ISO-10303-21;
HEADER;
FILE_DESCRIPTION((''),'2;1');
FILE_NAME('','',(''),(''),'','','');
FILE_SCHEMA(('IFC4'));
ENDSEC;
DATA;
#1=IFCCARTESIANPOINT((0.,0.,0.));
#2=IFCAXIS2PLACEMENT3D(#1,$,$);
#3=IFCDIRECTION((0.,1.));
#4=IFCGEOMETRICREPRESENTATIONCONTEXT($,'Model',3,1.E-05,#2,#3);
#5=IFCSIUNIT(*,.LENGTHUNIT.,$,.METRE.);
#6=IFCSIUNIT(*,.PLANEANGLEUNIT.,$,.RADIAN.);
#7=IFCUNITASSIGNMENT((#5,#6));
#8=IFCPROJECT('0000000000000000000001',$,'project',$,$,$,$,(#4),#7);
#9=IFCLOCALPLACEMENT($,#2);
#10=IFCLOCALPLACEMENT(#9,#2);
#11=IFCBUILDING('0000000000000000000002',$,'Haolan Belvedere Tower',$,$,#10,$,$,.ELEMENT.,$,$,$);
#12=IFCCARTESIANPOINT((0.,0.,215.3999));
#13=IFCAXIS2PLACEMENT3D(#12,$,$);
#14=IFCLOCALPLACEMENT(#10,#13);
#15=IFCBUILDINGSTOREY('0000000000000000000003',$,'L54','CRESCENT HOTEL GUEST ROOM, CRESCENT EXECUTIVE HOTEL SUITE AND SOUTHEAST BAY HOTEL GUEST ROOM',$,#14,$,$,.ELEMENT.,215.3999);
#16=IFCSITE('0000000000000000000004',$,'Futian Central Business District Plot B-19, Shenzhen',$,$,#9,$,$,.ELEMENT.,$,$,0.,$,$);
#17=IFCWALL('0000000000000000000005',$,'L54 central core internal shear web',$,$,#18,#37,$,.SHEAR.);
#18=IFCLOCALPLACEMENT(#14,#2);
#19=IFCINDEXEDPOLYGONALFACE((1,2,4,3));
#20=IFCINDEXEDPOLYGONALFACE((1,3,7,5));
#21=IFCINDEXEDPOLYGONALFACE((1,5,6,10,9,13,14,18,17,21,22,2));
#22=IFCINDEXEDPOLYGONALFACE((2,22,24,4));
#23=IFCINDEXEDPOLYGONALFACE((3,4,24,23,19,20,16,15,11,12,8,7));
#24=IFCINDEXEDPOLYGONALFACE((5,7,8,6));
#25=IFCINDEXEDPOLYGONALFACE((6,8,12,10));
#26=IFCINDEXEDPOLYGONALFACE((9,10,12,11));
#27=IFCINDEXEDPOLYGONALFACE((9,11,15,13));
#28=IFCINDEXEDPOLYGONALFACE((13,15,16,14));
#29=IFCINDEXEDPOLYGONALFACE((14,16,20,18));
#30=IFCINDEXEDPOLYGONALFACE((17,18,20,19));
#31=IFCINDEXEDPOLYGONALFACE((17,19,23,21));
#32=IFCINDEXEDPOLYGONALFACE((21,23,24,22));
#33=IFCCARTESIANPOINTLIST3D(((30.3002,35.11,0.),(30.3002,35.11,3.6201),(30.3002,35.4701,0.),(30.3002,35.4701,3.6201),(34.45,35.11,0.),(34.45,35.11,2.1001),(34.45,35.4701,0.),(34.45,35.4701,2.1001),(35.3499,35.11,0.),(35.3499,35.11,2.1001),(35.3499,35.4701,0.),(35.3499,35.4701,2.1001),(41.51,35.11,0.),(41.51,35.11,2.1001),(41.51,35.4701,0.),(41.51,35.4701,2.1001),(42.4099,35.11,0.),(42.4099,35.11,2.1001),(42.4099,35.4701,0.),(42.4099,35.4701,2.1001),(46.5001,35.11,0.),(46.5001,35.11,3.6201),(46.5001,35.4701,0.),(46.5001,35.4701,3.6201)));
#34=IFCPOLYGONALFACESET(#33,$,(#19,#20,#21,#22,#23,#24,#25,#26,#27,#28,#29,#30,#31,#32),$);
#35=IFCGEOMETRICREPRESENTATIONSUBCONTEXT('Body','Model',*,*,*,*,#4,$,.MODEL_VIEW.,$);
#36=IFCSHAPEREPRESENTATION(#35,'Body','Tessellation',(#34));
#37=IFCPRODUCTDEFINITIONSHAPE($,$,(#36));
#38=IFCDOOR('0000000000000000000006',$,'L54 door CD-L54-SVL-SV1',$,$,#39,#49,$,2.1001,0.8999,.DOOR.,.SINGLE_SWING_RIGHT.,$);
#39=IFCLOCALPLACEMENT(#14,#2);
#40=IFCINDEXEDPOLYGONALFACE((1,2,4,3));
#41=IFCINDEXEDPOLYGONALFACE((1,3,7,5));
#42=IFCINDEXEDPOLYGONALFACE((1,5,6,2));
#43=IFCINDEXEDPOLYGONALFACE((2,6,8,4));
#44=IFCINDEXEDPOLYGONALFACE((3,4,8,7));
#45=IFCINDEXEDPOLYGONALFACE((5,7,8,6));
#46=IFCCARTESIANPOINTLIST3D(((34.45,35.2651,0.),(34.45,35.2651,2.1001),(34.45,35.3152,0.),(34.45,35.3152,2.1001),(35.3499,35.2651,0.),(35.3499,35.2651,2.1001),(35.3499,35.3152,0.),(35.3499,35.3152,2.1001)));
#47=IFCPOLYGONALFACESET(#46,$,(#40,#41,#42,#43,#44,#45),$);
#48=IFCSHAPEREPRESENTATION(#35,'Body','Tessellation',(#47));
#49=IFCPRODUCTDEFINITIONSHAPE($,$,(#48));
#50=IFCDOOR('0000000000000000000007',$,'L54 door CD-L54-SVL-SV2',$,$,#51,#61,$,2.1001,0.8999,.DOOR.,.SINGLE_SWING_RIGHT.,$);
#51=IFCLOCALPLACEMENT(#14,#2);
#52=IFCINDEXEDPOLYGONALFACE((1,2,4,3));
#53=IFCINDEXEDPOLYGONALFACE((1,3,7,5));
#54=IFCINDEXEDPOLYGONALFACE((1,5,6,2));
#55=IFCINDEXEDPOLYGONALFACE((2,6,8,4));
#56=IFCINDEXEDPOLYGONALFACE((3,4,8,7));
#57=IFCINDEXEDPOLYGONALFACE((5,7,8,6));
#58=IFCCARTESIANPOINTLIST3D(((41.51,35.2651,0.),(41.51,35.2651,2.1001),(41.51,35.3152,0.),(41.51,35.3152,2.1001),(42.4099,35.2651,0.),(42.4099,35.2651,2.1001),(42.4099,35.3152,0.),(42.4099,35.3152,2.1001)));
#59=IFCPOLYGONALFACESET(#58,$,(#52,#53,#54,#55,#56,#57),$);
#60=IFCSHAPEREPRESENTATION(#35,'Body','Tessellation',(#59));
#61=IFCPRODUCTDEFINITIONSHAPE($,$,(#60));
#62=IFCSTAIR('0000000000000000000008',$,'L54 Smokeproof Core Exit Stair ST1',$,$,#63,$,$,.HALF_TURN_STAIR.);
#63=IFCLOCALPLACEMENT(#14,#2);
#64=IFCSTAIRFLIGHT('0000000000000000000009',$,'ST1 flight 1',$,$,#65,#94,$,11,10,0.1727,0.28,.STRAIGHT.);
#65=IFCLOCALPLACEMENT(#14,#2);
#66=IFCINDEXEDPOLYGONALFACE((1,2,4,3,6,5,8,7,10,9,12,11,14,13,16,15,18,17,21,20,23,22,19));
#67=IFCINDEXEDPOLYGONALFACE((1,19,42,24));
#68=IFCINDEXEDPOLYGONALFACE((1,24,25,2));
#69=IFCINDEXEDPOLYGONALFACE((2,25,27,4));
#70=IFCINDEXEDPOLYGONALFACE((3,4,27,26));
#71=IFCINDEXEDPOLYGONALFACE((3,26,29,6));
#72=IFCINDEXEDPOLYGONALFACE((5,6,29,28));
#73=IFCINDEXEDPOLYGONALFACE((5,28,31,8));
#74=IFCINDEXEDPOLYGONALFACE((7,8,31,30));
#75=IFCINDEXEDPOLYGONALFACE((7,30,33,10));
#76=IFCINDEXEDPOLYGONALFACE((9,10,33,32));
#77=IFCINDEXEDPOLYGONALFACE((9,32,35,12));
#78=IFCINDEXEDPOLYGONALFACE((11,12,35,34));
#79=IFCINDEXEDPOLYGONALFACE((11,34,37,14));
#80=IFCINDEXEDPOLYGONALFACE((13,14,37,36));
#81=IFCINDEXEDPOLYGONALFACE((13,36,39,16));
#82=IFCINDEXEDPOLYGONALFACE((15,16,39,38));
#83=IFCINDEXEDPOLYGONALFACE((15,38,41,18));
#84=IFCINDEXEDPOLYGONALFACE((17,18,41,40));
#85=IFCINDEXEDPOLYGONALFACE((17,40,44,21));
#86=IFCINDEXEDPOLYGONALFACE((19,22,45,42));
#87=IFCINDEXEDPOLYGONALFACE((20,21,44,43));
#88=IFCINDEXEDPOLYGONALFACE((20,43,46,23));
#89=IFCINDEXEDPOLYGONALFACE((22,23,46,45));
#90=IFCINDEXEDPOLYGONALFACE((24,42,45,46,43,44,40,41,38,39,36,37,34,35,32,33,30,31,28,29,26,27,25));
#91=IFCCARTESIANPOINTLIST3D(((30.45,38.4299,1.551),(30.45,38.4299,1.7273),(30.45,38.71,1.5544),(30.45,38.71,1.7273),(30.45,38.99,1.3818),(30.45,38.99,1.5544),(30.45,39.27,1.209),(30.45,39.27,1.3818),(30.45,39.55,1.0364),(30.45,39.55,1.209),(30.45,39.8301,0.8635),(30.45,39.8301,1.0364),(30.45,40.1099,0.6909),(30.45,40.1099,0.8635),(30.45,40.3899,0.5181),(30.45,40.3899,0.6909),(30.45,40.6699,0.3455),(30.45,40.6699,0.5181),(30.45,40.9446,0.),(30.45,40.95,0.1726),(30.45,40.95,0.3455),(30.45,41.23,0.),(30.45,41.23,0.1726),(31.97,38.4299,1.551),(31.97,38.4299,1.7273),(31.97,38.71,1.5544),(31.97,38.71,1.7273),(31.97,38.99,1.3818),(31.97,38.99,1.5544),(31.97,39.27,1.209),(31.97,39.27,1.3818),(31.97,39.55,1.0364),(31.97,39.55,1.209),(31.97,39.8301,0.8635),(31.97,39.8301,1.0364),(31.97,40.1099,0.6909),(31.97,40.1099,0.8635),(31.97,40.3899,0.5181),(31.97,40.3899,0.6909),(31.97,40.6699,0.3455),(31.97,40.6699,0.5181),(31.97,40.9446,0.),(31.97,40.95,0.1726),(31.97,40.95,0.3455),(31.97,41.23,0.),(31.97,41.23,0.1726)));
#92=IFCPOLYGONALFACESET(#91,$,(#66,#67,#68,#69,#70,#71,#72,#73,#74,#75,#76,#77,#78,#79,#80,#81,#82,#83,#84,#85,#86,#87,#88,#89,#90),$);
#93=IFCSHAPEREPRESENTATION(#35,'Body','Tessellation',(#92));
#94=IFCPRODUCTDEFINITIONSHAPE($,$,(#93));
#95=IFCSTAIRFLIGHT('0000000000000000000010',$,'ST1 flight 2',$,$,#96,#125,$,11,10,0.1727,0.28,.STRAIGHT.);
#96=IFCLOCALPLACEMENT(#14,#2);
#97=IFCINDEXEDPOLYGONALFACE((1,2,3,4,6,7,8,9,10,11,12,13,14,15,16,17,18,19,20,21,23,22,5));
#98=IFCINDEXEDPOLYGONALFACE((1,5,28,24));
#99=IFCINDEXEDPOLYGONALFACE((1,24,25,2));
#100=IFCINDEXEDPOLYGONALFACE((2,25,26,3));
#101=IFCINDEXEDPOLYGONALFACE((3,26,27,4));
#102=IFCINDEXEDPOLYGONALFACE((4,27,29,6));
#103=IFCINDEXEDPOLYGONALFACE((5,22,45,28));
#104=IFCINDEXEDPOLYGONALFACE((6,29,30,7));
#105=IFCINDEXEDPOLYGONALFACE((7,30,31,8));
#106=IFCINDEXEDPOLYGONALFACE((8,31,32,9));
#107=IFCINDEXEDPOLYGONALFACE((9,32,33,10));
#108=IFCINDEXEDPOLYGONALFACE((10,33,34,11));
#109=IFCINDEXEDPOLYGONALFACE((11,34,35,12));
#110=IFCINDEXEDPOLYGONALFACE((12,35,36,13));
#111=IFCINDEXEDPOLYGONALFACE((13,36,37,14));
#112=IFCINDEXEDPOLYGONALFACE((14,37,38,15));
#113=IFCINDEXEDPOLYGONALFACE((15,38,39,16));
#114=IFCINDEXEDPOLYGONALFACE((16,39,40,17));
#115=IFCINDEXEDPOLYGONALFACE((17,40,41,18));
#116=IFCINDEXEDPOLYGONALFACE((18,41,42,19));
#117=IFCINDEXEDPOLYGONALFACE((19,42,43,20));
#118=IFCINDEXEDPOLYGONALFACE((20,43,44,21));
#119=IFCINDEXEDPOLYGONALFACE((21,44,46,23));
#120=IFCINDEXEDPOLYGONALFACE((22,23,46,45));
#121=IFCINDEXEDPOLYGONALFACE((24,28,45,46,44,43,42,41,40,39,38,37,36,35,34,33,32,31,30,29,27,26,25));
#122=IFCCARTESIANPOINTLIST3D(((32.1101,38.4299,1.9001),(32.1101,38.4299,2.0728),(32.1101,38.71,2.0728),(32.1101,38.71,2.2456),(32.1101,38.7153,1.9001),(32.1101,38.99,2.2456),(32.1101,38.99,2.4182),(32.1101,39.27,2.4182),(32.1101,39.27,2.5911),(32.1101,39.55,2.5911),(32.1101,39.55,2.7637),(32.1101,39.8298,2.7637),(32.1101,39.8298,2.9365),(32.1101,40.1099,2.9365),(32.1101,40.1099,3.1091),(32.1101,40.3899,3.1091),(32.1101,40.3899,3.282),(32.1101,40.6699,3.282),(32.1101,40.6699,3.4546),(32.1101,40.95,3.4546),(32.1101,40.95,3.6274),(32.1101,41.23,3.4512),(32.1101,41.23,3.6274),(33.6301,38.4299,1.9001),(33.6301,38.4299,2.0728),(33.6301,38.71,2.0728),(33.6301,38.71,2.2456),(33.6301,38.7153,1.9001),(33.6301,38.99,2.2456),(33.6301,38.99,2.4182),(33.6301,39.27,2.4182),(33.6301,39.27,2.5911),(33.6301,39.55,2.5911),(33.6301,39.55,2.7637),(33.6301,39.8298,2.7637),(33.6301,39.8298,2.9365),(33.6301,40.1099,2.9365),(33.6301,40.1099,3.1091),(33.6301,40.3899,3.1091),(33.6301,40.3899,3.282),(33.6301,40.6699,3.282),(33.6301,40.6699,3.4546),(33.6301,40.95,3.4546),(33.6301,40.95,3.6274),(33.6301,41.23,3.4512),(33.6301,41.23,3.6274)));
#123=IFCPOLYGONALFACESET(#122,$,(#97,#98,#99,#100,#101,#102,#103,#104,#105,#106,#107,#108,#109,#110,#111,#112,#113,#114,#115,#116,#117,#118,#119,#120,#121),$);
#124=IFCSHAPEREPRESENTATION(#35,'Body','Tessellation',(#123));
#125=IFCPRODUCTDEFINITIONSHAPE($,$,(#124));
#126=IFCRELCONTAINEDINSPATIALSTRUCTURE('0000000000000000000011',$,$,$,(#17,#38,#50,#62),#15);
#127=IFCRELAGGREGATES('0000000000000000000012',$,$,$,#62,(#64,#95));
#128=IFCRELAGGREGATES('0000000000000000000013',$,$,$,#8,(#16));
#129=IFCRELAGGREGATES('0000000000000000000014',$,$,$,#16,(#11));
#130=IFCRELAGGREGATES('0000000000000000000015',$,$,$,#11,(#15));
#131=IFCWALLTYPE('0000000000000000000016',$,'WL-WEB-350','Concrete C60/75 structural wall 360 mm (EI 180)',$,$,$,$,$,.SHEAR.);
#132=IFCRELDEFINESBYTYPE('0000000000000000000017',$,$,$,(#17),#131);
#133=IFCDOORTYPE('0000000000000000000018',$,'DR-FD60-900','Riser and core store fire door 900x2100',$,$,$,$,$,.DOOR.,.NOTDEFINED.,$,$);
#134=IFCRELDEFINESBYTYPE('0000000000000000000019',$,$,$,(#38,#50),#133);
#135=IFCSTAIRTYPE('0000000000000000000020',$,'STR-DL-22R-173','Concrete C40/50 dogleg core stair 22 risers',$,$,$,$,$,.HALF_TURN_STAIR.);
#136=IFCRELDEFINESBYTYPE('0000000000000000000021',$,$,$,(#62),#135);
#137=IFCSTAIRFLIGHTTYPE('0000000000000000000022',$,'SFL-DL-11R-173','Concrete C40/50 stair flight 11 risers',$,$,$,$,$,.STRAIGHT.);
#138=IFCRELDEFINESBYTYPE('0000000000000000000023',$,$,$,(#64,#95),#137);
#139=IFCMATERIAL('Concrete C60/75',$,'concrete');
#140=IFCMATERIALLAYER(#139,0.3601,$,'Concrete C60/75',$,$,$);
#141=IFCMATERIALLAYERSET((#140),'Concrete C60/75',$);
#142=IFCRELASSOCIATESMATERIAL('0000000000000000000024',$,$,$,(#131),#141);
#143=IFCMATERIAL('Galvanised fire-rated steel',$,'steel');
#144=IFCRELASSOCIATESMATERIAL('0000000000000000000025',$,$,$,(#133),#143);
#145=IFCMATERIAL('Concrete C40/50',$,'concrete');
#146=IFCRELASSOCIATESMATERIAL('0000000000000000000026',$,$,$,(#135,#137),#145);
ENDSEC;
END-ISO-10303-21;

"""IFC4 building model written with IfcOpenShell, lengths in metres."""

from ifc_helpers import new_model, si_unit, direction, frame, frame_2d, origin, place, context, subcontext, project, spatial, polyline, rectangle, outline, extrude, material, layer, layer_set, type_object, element, fill, aggregate, save


model = new_model("IFC4")

# Units and contexts
model_context = context("Model", 3, precision=1e-05, world=origin(), true_north=direction((0.0, 1.0)))
body_context = subcontext(model_context, "Body", "Model", "MODEL_VIEW")
ifc_project = project(units=[si_unit("LENGTHUNIT", "METRE"), si_unit("PLANEANGLEUNIT", "RADIAN")], contexts=[model_context])

# Site, building, storey
site_placement = place(None, origin())
site = spatial("IfcSite", under=ifc_project, at=site_placement, Name="Futian Central Business District Plot B-19, Shenzhen", CompositionType="ELEMENT", RefElevation=0.0)
building_placement = place(site_placement, origin())
building = spatial("IfcBuilding", under=site, at=building_placement, Name="Haolan Belvedere Tower", CompositionType="ELEMENT")
storey_placement = place(building_placement, frame((0.0, 0.0, 215.3999)))
storey = spatial("IfcBuildingStorey", under=building, at=storey_placement, Name="L54", Description="CRESCENT HOTEL GUEST ROOM, CRESCENT EXECUTIVE HOTEL SUITE AND SOUTHEAST BAY HOTEL GUEST ROOM", CompositionType="ELEMENT", Elevation=215.3999)

# Shared definitions
ifc_material_1 = material(Name="Concrete C60/75", Category="concrete")

# Wall, openings, doors
ifc_layer_1 = layer(ifc_material_1, 0.3601, Name="Concrete C60/75")
ifc_layer_set_1 = layer_set([ifc_layer_1], Name="Concrete C60/75")
wall_type_1 = type_object("IfcWallType", Name="WL-WEB-350", Description="Concrete C60/75 structural wall 360 mm (EI 180)", PredefinedType="SHEAR", material=ifc_layer_set_1)
wall_1_placement = place(storey_placement, frame((30.3, 35.29, 0.0), z_axis=(0.0, 0.0, 1.0), x_axis=(1.0, 0.0, 0.0)))
wall_1 = element("IfcWall", 1, at=wall_1_placement, inside=storey, type_object=wall_type_1, Name="L54 central core internal shear web", PredefinedType="SHEAR", context=body_context, shape_type="SweptSolid", body=[
    extrude(rectangle(XDim=16.2, YDim=0.3601, at=frame_2d((8.1001, 0.0))), origin(), (0.0, 0.0, 1.0), 3.6201),
])
opening_1_placement = place(wall_1_placement, frame((5.0498, 0.0, 0.0), z_axis=(0.0, 0.0, 1.0), x_axis=(-1.0, 0.0, 0.0)))
opening_1 = element("IfcOpeningElement", 2, at=opening_1_placement, cuts=wall_1, PredefinedType="OPENING", context=body_context, shape_type="SweptSolid", body=[
    extrude(rectangle(XDim=0.8999, YDim=2.1001, at=frame_2d((0.45, 1.05))), frame((0.0, 0.1899, 0.0), z_axis=(0.0, -1.0, 0.0), x_axis=(1.0, 0.0, 0.0)), (0.0, 0.0, 1.0), 0.3801),
])
opening_2_placement = place(wall_1_placement, frame((12.1099, 0.0, 0.0), z_axis=(0.0, 0.0, 1.0), x_axis=(-1.0, 0.0, 0.0)))
opening_2 = element("IfcOpeningElement", 3, at=opening_2_placement, cuts=wall_1, PredefinedType="OPENING", context=body_context, shape_type="SweptSolid", body=[
    extrude(rectangle(XDim=0.8999, YDim=2.1001, at=frame_2d((0.45, 1.05))), frame((0.0, 0.1899, 0.0), z_axis=(0.0, -1.0, 0.0), x_axis=(1.0, 0.0, 0.0)), (0.0, 0.0, 1.0), 0.3801),
])
ifc_material_2 = material(Name="Galvanised fire-rated steel", Category="steel")
door_type_1 = type_object("IfcDoorType", Name="DR-FD60-900", Description="Riser and core store fire door 900x2100", OperationType="NOTDEFINED", PredefinedType="DOOR", material=ifc_material_2)
door_1_placement = place(opening_1_placement, origin())
door_1 = element("IfcDoor", 4, at=door_1_placement, inside=storey, type_object=door_type_1, Name="L54 door CD-L54-SVL-SV1", OperationType="SINGLE_SWING_RIGHT", OverallHeight=2.1001, OverallWidth=0.8999, PredefinedType="DOOR", context=body_context, shape_type="SweptSolid", body=[
    extrude(rectangle(XDim=0.8999, YDim=2.1001, at=frame_2d((0.45, 1.05))), frame((0.0, 0.0249, 0.0), z_axis=(0.0, -1.0, 0.0), x_axis=(1.0, 0.0, 0.0)), (0.0, 0.0, 1.0), 0.05),
])
fill(opening_1, door_1)
door_2_placement = place(opening_2_placement, origin())
door_2 = element("IfcDoor", 5, at=door_2_placement, inside=storey, type_object=door_type_1, Name="L54 door CD-L54-SVL-SV2", OperationType="SINGLE_SWING_RIGHT", OverallHeight=2.1001, OverallWidth=0.8999, PredefinedType="DOOR", context=body_context, shape_type="SweptSolid", body=[
    extrude(rectangle(XDim=0.8999, YDim=2.1001, at=frame_2d((0.45, 1.05))), frame((0.0, 0.0249, 0.0), z_axis=(0.0, -1.0, 0.0), x_axis=(1.0, 0.0, 0.0)), (0.0, 0.0, 1.0), 0.05),
])
fill(opening_2, door_2)

# Stair, stair flights
ifc_material_3 = material(Name="Concrete C40/50", Category="concrete")
stair_type = type_object("IfcStairType", Name="STR-DL-22R-173", Description="Concrete C40/50 dogleg core stair 22 risers", PredefinedType="HALF_TURN_STAIR", material=ifc_material_3)
stair_placement = place(storey_placement, origin())
stair = element("IfcStair", 6, at=stair_placement, inside=storey, type_object=stair_type, Name="L54 Smokeproof Core Exit Stair ST1", PredefinedType="HALF_TURN_STAIR")
stair_flight_type = type_object("IfcStairFlightType", Name="SFL-DL-11R-173", Description="Concrete C40/50 stair flight 11 risers", PredefinedType="STRAIGHT", material=ifc_material_3)
stair_flight_1_placement = place(storey_placement, frame((31.21, 41.23, 0.0), z_axis=(0.0, 0.0, 1.0), x_axis=(0.0, -1.0, 0.0)))
stair_flight_1 = element("IfcStairFlight", 7, at=stair_flight_1_placement, type_object=stair_flight_type, Name="ST1 flight 1", NumberOfRisers=11, NumberOfTreads=10, PredefinedType="STRAIGHT", RiserHeight=0.1727, TreadLength=0.28, context=body_context, shape_type="SweptSolid", body=[
    extrude(outline(polyline([(0.0, 0.0), (0.0, 0.1726), (0.28, 0.1726), (0.28, 0.3455), (0.5601, 0.3455), (0.5601, 0.5181), (0.8401, 0.5181), (0.8401, 0.6909), (1.1201, 0.6909), (1.1201, 0.8635), (1.3999, 0.8635), (1.3999, 1.0364), (1.6799, 1.0364), (1.6799, 1.209), (1.96, 1.209), (1.96, 1.3818), (2.24, 1.3818), (2.24, 1.5544), (2.52, 1.5544), (2.52, 1.7273), (2.8, 1.7273), (2.8, 1.8999), (2.8, 1.551), (0.2854, 0.0), (0.0, 0.0)])), frame((0.0, 0.76, 0.0), z_axis=(0.0, -1.0, 0.0), x_axis=(1.0, 0.0, 0.0)), (0.0, 0.0, 1.0), 1.52),
])
stair_flight_2_placement = place(storey_placement, frame((32.8701, 38.4299, 1.9001), z_axis=(0.0, 0.0, 1.0), x_axis=(0.0, 1.0, 0.0)))
stair_flight_2 = element("IfcStairFlight", 8, at=stair_flight_2_placement, type_object=stair_flight_type, Name="ST1 flight 2", NumberOfRisers=11, NumberOfTreads=10, PredefinedType="STRAIGHT", RiserHeight=0.1727, TreadLength=0.28, context=body_context, shape_type="SweptSolid", body=[
    extrude(outline(polyline([(0.0, 0.0), (0.0, 0.1726), (0.28, 0.1726), (0.28, 0.3455), (0.5601, 0.3455), (0.5601, 0.5181), (0.8401, 0.5181), (0.8401, 0.6909), (1.1201, 0.6909), (1.1201, 0.8635), (1.3999, 0.8635), (1.3999, 1.0364), (1.6799, 1.0364), (1.6799, 1.209), (1.96, 1.209), (1.96, 1.3818), (2.24, 1.3818), (2.24, 1.5544), (2.52, 1.5544), (2.52, 1.7273), (2.8, 1.7273), (2.8, 1.8999), (2.8, 1.551), (0.2854, 0.0), (0.0, 0.0)])), frame((0.0, 0.76, 0.0), z_axis=(0.0, -1.0, 0.0), x_axis=(1.0, 0.0, 0.0)), (0.0, 0.0, 1.0), 1.52),
])
aggregate(stair, [stair_flight_1, stair_flight_2])

save(model, "model.ifc")
